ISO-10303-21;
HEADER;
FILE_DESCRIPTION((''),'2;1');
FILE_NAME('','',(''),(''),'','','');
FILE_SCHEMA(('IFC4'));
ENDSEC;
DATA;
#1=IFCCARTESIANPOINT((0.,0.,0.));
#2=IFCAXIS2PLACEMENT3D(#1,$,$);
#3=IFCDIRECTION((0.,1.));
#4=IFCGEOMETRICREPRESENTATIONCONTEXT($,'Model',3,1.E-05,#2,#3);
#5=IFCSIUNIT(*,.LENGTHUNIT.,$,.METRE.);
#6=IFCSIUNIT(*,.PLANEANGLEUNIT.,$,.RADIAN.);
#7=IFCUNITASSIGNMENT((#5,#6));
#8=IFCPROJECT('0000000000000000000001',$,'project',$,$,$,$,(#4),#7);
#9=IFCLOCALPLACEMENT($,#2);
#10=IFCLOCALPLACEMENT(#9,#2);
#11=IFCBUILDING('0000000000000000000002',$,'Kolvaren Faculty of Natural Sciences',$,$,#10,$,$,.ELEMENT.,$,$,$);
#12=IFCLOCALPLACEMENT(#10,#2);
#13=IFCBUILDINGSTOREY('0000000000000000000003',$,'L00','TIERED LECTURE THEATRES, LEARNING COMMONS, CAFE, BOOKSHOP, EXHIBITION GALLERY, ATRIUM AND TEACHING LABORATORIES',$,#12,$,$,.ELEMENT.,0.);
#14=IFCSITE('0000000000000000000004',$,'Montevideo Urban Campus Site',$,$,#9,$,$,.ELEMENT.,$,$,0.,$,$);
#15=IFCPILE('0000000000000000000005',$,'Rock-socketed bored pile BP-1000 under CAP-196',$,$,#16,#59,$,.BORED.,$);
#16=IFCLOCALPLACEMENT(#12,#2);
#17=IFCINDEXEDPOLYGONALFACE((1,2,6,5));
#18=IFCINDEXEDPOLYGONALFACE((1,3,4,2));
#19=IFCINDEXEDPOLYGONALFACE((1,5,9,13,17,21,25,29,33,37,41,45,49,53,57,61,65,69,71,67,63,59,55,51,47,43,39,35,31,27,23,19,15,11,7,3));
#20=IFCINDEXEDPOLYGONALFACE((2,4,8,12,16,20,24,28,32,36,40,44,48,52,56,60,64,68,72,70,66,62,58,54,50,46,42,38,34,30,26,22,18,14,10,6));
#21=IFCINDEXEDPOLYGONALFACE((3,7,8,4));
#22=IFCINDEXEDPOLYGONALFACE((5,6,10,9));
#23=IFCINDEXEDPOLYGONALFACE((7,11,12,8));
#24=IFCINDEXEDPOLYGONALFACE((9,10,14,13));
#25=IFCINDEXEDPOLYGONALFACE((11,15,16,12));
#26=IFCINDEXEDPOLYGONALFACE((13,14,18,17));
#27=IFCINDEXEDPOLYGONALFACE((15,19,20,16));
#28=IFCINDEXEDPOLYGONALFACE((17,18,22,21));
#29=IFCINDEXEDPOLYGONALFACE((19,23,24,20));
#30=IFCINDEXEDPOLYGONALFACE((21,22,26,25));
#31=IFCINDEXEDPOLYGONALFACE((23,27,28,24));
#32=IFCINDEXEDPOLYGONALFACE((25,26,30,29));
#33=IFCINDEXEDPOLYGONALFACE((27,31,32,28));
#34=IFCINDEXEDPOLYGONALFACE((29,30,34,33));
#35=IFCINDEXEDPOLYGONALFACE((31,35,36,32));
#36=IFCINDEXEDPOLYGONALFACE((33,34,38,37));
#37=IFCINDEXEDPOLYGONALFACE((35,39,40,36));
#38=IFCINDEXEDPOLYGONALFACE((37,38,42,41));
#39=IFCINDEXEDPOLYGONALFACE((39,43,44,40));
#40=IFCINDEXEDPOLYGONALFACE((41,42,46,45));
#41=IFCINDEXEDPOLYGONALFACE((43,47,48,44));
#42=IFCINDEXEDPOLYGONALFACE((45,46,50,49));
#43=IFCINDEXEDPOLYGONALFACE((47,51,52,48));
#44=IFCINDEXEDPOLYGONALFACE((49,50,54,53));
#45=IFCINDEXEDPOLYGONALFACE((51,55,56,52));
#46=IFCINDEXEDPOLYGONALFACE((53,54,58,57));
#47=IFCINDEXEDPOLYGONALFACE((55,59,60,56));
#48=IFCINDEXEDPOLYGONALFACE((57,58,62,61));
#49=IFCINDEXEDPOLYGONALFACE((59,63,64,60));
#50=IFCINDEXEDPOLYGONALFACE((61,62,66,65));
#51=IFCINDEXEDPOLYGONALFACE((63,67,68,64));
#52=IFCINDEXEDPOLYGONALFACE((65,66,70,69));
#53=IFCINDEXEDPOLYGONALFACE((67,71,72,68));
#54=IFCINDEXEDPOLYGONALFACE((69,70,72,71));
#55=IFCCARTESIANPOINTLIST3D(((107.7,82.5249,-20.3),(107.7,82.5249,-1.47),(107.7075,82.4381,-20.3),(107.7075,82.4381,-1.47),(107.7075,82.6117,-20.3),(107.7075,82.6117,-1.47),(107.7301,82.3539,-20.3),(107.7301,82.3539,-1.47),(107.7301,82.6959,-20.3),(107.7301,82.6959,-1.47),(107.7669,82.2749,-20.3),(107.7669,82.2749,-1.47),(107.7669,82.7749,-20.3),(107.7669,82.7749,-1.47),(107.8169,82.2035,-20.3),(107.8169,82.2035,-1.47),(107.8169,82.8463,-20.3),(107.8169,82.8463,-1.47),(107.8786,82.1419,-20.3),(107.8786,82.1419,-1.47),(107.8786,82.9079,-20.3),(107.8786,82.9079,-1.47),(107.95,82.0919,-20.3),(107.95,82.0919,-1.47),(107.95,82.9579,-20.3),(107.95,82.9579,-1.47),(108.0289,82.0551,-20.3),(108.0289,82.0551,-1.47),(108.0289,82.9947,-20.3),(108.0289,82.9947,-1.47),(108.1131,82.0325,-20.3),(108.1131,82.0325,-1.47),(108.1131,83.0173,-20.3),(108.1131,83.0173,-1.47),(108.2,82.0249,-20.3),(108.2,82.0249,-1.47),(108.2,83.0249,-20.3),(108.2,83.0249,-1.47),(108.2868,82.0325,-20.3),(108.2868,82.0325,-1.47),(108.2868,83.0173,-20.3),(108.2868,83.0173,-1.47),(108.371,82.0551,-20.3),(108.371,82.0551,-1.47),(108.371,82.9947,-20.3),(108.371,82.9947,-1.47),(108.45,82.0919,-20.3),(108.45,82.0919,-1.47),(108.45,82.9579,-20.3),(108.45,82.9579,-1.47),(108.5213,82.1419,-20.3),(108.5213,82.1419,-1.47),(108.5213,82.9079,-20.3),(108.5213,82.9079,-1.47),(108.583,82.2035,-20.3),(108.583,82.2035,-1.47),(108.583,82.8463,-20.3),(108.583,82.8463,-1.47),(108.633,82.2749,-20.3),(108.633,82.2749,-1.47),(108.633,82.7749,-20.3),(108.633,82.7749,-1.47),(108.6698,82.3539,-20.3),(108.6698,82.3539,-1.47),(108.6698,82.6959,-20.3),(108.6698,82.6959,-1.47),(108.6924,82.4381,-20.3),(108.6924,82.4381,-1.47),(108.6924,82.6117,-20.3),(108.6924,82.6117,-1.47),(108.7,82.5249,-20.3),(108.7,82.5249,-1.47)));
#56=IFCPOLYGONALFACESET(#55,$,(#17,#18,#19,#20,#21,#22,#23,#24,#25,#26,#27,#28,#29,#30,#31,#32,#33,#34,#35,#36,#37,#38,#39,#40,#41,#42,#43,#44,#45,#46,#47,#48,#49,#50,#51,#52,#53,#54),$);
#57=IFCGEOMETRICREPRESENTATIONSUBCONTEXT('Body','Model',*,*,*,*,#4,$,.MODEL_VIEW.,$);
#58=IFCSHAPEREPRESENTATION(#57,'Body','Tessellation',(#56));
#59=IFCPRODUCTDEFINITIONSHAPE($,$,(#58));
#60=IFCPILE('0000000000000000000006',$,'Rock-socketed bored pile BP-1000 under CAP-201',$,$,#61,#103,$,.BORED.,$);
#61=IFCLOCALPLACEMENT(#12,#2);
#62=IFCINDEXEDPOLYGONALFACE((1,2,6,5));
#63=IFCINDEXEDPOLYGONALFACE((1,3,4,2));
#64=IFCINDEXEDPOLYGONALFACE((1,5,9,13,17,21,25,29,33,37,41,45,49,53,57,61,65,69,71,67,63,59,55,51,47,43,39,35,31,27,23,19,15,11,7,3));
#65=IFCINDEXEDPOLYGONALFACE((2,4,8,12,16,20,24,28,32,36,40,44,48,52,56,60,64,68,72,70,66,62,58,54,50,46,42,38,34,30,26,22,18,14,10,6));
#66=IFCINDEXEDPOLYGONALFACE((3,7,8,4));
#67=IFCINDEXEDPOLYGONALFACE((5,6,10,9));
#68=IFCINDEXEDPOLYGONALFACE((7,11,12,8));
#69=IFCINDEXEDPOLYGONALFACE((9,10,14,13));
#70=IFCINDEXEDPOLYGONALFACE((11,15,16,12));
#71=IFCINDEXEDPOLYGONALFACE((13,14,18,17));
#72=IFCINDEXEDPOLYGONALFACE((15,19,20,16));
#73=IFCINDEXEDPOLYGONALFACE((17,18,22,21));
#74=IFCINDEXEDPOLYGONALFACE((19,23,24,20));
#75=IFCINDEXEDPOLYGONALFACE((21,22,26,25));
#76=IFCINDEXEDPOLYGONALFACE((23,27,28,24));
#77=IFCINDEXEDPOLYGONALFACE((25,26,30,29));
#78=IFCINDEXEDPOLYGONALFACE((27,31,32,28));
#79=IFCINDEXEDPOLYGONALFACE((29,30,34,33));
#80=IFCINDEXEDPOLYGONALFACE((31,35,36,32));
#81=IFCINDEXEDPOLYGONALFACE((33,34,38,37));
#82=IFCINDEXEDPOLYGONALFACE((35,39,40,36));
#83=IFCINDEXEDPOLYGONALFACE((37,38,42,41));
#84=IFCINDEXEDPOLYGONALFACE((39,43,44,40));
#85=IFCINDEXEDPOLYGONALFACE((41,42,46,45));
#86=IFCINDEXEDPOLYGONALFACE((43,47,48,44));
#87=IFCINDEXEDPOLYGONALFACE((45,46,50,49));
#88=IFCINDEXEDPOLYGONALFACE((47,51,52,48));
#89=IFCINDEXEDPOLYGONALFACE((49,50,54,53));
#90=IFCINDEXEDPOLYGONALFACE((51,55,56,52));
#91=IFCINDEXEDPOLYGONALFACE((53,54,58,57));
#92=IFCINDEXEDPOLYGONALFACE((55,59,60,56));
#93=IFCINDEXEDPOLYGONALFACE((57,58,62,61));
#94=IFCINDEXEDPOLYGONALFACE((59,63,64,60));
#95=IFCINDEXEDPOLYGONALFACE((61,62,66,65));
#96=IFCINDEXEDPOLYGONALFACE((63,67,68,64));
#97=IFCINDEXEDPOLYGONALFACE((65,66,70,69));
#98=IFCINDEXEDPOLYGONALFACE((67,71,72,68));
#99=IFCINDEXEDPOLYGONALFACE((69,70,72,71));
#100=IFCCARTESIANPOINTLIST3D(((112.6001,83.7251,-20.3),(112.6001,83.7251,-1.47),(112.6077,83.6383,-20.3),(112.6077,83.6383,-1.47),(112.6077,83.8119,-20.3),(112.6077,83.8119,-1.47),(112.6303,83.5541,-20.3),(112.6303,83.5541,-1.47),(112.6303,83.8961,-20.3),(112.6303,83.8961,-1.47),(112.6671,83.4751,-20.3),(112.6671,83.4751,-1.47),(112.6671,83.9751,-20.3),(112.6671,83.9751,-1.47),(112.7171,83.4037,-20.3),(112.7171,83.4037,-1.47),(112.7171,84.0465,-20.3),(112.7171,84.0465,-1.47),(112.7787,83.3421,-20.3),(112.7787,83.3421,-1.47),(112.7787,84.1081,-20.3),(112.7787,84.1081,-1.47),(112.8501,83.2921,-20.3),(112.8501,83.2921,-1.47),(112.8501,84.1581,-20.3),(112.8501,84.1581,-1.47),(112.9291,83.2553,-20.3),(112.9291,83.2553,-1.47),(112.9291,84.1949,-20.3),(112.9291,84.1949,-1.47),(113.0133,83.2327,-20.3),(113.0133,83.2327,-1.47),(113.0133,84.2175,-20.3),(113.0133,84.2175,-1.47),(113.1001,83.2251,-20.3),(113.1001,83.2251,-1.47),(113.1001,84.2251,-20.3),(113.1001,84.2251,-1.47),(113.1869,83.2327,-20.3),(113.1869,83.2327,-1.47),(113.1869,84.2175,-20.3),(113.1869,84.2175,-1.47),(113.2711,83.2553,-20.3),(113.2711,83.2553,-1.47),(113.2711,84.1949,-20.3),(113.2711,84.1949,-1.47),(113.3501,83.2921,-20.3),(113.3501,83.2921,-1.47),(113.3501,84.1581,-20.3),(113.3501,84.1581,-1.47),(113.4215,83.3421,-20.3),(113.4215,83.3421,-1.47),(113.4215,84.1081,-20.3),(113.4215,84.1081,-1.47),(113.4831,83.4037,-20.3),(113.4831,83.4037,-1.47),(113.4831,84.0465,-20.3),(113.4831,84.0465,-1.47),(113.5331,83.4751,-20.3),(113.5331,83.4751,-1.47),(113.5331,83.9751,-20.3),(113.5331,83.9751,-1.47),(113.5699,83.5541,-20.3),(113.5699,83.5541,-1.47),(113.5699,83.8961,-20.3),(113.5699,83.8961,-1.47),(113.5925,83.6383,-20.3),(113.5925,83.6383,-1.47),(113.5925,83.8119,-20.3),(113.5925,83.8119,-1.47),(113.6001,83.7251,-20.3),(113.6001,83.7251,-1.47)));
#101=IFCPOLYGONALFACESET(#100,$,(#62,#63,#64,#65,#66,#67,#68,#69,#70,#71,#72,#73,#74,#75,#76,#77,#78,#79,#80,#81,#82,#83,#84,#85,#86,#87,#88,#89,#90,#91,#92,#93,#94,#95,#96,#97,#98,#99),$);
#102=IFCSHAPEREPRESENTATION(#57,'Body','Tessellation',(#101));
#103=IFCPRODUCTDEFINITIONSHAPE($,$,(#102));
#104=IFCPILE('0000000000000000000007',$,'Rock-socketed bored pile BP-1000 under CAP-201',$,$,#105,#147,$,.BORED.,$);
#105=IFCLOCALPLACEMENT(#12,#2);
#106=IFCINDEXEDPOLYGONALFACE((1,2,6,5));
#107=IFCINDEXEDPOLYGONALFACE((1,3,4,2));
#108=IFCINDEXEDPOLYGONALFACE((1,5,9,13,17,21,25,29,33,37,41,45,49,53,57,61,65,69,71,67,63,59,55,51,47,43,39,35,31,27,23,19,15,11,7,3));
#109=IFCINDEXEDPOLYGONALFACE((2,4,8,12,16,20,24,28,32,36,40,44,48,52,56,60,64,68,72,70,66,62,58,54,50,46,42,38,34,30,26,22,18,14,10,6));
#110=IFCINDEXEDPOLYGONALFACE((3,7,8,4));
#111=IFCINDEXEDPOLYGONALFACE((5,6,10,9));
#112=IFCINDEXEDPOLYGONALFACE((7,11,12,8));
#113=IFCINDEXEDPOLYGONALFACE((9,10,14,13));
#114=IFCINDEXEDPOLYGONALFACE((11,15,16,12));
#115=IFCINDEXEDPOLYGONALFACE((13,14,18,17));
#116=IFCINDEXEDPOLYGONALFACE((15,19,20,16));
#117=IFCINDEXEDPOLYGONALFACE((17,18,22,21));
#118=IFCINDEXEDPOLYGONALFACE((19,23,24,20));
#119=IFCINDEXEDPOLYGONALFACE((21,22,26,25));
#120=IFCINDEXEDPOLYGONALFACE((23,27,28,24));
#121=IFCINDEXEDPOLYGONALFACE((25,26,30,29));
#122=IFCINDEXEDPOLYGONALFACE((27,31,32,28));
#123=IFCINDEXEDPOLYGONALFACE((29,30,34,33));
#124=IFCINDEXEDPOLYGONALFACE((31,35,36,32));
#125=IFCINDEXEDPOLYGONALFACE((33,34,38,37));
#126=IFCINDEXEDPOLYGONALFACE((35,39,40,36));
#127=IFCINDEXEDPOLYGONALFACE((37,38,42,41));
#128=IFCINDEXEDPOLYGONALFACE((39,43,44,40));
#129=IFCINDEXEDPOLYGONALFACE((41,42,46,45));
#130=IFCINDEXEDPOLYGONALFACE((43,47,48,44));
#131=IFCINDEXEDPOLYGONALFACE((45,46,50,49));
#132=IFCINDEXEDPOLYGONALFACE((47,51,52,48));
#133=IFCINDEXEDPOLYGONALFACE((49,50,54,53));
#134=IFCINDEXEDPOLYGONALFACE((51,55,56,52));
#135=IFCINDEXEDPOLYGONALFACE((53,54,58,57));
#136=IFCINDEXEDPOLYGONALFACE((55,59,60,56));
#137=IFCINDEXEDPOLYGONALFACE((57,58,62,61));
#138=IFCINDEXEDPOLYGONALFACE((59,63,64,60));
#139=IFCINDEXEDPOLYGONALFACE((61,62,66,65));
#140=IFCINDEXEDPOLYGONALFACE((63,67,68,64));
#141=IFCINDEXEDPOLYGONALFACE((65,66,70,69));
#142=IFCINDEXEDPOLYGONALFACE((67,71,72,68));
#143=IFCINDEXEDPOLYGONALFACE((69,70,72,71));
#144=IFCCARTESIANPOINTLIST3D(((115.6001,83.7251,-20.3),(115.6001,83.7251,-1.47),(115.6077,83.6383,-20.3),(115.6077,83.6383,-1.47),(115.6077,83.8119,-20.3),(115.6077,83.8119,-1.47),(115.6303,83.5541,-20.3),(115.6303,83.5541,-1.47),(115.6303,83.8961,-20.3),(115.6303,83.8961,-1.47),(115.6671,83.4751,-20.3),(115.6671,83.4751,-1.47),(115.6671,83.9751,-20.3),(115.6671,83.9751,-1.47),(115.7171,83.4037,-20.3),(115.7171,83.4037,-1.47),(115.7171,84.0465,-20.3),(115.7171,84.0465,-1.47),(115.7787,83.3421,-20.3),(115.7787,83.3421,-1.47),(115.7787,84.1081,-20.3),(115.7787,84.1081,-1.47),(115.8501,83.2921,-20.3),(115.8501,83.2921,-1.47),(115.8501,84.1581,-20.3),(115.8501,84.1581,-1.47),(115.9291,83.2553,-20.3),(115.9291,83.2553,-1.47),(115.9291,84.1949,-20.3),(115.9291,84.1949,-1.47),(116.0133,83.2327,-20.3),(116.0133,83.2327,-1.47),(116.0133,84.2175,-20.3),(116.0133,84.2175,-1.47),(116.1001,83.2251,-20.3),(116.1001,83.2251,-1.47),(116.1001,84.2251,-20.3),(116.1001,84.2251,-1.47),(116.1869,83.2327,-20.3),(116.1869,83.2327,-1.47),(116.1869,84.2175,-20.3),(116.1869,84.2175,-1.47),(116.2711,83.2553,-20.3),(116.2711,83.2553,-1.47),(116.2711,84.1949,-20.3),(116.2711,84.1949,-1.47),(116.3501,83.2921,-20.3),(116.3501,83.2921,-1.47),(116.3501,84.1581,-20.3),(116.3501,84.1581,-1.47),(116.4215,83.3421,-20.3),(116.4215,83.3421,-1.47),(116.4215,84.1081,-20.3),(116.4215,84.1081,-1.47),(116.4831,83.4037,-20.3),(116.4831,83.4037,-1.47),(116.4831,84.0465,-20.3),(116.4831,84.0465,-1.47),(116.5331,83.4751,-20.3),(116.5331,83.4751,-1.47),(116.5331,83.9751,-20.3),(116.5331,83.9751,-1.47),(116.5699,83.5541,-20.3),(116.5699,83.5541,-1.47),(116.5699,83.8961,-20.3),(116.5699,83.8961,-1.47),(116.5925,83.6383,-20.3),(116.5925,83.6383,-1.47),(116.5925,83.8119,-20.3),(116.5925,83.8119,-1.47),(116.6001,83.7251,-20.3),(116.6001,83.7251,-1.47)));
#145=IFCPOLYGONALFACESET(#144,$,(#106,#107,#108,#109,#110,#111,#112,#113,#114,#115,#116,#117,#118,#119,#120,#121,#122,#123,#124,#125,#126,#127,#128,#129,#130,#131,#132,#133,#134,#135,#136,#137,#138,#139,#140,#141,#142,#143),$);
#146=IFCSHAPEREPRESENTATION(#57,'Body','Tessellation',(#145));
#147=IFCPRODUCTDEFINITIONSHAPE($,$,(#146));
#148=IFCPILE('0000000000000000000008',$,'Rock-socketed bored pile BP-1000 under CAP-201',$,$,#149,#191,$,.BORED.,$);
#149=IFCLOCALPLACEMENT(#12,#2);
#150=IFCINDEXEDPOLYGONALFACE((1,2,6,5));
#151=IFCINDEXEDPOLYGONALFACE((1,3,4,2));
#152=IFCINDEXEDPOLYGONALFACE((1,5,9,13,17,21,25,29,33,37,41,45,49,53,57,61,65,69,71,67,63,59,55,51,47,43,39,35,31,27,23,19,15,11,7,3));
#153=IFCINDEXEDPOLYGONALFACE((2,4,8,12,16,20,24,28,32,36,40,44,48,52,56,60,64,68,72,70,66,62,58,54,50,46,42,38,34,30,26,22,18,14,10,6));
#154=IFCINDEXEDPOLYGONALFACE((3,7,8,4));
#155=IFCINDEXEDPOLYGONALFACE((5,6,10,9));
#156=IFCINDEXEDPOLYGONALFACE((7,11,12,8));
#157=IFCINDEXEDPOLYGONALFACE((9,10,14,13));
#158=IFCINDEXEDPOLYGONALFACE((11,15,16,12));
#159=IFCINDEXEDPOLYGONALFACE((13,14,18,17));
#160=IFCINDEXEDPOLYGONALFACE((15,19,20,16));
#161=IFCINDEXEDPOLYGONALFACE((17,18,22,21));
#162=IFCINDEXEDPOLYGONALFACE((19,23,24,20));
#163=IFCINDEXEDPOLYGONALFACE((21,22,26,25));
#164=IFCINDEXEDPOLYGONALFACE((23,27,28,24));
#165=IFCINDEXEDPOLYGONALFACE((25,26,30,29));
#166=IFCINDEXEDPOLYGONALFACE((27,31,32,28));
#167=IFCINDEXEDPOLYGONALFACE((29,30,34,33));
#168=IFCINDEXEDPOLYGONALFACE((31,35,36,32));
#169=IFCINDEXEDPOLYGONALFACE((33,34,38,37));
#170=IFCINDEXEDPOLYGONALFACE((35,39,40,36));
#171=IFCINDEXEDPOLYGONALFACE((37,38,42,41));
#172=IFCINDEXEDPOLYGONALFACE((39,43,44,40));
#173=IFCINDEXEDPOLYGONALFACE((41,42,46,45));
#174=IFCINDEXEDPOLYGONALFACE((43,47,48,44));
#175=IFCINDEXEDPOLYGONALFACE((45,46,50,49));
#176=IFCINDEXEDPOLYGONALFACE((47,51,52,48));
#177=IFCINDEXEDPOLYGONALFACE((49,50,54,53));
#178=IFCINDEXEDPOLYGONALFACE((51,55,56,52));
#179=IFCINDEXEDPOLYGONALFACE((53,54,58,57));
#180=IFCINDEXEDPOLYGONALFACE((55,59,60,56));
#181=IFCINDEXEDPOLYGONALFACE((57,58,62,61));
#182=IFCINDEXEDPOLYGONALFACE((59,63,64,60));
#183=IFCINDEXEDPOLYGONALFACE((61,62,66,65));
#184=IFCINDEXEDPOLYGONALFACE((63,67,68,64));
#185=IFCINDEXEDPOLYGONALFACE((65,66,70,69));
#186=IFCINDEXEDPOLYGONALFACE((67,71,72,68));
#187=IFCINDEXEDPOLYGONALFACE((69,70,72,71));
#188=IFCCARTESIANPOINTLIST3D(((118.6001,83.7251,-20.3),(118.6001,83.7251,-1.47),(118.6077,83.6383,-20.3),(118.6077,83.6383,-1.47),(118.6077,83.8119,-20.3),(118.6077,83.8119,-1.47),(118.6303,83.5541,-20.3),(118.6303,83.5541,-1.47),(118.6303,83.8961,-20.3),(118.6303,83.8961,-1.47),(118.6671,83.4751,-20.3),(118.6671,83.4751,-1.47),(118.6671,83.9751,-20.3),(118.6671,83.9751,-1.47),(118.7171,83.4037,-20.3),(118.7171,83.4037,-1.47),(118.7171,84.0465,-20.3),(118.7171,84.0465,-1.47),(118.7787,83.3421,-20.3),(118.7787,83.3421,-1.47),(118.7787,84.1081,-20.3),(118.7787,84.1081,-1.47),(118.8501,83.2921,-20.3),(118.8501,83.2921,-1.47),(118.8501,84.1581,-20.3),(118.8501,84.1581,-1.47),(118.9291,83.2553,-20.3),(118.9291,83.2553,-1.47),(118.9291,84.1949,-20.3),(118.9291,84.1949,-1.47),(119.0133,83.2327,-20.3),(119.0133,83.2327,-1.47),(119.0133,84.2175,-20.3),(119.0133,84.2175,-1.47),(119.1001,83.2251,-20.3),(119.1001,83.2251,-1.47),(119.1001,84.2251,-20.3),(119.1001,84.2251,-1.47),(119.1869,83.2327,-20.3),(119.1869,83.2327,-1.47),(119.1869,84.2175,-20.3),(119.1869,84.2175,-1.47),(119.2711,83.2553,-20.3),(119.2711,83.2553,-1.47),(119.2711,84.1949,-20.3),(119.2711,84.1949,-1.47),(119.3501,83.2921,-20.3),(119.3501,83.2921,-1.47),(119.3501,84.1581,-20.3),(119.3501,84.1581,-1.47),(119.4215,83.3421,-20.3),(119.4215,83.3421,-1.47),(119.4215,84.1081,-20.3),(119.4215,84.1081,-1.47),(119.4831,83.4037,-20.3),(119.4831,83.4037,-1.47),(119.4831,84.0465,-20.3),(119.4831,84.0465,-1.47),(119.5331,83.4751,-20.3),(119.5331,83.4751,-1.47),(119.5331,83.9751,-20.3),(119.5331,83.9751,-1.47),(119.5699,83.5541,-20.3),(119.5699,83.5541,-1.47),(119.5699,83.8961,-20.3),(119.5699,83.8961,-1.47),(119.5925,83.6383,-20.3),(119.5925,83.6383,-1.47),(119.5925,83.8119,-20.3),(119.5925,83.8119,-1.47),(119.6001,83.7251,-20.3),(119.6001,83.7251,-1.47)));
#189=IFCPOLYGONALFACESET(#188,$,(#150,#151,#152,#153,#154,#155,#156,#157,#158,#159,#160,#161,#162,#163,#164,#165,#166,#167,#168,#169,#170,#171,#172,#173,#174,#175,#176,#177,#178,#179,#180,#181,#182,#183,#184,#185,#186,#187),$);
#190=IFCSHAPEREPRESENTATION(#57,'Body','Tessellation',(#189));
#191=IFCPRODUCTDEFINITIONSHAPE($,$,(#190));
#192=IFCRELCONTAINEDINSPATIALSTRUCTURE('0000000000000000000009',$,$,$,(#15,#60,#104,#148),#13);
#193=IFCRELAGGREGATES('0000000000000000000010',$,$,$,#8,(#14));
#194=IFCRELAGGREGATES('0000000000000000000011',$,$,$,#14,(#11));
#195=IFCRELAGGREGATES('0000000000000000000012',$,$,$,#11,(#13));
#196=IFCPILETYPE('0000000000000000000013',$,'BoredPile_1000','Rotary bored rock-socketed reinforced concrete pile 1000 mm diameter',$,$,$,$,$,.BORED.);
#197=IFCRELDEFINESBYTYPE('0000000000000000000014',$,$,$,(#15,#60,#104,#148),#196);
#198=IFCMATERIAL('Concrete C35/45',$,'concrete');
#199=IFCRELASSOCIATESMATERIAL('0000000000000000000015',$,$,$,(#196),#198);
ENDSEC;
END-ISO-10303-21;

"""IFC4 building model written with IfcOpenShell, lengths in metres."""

from ifc_helpers import new_model, si_unit, direction, frame, origin, origin_2d, place, context, subcontext, project, spatial, circle, extrude, material, material_profile, profile_set, type_object, element, save


model = new_model("IFC4")

# Units and contexts
model_context = context("Model", 3, precision=1e-05, world=origin(), true_north=direction((0.0, 1.0)))
body_context = subcontext(model_context, "Body", "Model", "MODEL_VIEW")
ifc_project = project(units=[si_unit("LENGTHUNIT", "METRE"), si_unit("PLANEANGLEUNIT", "RADIAN")], contexts=[model_context])

# Site, building, storey
site_placement = place(None, origin())
site = spatial("IfcSite", under=ifc_project, at=site_placement, Name="Montevideo Urban Campus Site", CompositionType="ELEMENT", RefElevation=0.0)
building_placement = place(site_placement, origin())
building = spatial("IfcBuilding", under=site, at=building_placement, Name="Kolvaren Faculty of Natural Sciences", CompositionType="ELEMENT")
storey_placement = place(building_placement, origin())
storey = spatial("IfcBuildingStorey", under=building, at=storey_placement, Name="L00", Description="TIERED LECTURE THEATRES, LEARNING COMMONS, CAFE, BOOKSHOP, EXHIBITION GALLERY, ATRIUM AND TEACHING LABORATORIES", CompositionType="ELEMENT", Elevation=0.0)

# Piles
ifc_material_1 = material(Name="Concrete C35/45", Category="concrete")
ifc_material_profile_1 = material_profile(ifc_material_1, circle(Radius=0.5, at=origin_2d()), Name="PILE D1000")
ifc_profile_set_1 = profile_set([ifc_material_profile_1], Name="Concrete C35/45")
pile_type_1 = type_object("IfcPileType", Name="BoredPile_1000", Description="Rotary bored rock-socketed reinforced concrete pile 1000 mm diameter", PredefinedType="BORED", material=ifc_profile_set_1)
for number, where, z_axis, x_axis, name in (
    (1, (108.2, 82.5249, -1.47), (0.0, 0.0, -1.0), (1.0, 0.0, 0.0), "Rock-socketed bored pile BP-1000 under CAP-196"),
    (2, (113.1001, 83.7251, -1.47), (0.0, 0.0, -1.0), (1.0, 0.0, 0.0), "Rock-socketed bored pile BP-1000 under CAP-201"),
    (3, (116.1001, 83.7251, -1.47), (0.0, 0.0, -1.0), (1.0, 0.0, 0.0), "Rock-socketed bored pile BP-1000 under CAP-201"),
    (4, (119.1001, 83.7251, -1.47), (0.0, 0.0, -1.0), (1.0, 0.0, 0.0), "Rock-socketed bored pile BP-1000 under CAP-201"),
):
    element("IfcPile", number, at=place(storey_placement, frame(where, z_axis=z_axis, x_axis=x_axis)), inside=storey, type_object=pile_type_1, Name=name, PredefinedType="BORED", context=body_context, shape_type="SweptSolid", body=[
        extrude(circle(Radius=0.5, at=origin_2d()), origin(), (0.0, 0.0, 1.0), 18.8301),
    ])

save(model, "model.ifc")
